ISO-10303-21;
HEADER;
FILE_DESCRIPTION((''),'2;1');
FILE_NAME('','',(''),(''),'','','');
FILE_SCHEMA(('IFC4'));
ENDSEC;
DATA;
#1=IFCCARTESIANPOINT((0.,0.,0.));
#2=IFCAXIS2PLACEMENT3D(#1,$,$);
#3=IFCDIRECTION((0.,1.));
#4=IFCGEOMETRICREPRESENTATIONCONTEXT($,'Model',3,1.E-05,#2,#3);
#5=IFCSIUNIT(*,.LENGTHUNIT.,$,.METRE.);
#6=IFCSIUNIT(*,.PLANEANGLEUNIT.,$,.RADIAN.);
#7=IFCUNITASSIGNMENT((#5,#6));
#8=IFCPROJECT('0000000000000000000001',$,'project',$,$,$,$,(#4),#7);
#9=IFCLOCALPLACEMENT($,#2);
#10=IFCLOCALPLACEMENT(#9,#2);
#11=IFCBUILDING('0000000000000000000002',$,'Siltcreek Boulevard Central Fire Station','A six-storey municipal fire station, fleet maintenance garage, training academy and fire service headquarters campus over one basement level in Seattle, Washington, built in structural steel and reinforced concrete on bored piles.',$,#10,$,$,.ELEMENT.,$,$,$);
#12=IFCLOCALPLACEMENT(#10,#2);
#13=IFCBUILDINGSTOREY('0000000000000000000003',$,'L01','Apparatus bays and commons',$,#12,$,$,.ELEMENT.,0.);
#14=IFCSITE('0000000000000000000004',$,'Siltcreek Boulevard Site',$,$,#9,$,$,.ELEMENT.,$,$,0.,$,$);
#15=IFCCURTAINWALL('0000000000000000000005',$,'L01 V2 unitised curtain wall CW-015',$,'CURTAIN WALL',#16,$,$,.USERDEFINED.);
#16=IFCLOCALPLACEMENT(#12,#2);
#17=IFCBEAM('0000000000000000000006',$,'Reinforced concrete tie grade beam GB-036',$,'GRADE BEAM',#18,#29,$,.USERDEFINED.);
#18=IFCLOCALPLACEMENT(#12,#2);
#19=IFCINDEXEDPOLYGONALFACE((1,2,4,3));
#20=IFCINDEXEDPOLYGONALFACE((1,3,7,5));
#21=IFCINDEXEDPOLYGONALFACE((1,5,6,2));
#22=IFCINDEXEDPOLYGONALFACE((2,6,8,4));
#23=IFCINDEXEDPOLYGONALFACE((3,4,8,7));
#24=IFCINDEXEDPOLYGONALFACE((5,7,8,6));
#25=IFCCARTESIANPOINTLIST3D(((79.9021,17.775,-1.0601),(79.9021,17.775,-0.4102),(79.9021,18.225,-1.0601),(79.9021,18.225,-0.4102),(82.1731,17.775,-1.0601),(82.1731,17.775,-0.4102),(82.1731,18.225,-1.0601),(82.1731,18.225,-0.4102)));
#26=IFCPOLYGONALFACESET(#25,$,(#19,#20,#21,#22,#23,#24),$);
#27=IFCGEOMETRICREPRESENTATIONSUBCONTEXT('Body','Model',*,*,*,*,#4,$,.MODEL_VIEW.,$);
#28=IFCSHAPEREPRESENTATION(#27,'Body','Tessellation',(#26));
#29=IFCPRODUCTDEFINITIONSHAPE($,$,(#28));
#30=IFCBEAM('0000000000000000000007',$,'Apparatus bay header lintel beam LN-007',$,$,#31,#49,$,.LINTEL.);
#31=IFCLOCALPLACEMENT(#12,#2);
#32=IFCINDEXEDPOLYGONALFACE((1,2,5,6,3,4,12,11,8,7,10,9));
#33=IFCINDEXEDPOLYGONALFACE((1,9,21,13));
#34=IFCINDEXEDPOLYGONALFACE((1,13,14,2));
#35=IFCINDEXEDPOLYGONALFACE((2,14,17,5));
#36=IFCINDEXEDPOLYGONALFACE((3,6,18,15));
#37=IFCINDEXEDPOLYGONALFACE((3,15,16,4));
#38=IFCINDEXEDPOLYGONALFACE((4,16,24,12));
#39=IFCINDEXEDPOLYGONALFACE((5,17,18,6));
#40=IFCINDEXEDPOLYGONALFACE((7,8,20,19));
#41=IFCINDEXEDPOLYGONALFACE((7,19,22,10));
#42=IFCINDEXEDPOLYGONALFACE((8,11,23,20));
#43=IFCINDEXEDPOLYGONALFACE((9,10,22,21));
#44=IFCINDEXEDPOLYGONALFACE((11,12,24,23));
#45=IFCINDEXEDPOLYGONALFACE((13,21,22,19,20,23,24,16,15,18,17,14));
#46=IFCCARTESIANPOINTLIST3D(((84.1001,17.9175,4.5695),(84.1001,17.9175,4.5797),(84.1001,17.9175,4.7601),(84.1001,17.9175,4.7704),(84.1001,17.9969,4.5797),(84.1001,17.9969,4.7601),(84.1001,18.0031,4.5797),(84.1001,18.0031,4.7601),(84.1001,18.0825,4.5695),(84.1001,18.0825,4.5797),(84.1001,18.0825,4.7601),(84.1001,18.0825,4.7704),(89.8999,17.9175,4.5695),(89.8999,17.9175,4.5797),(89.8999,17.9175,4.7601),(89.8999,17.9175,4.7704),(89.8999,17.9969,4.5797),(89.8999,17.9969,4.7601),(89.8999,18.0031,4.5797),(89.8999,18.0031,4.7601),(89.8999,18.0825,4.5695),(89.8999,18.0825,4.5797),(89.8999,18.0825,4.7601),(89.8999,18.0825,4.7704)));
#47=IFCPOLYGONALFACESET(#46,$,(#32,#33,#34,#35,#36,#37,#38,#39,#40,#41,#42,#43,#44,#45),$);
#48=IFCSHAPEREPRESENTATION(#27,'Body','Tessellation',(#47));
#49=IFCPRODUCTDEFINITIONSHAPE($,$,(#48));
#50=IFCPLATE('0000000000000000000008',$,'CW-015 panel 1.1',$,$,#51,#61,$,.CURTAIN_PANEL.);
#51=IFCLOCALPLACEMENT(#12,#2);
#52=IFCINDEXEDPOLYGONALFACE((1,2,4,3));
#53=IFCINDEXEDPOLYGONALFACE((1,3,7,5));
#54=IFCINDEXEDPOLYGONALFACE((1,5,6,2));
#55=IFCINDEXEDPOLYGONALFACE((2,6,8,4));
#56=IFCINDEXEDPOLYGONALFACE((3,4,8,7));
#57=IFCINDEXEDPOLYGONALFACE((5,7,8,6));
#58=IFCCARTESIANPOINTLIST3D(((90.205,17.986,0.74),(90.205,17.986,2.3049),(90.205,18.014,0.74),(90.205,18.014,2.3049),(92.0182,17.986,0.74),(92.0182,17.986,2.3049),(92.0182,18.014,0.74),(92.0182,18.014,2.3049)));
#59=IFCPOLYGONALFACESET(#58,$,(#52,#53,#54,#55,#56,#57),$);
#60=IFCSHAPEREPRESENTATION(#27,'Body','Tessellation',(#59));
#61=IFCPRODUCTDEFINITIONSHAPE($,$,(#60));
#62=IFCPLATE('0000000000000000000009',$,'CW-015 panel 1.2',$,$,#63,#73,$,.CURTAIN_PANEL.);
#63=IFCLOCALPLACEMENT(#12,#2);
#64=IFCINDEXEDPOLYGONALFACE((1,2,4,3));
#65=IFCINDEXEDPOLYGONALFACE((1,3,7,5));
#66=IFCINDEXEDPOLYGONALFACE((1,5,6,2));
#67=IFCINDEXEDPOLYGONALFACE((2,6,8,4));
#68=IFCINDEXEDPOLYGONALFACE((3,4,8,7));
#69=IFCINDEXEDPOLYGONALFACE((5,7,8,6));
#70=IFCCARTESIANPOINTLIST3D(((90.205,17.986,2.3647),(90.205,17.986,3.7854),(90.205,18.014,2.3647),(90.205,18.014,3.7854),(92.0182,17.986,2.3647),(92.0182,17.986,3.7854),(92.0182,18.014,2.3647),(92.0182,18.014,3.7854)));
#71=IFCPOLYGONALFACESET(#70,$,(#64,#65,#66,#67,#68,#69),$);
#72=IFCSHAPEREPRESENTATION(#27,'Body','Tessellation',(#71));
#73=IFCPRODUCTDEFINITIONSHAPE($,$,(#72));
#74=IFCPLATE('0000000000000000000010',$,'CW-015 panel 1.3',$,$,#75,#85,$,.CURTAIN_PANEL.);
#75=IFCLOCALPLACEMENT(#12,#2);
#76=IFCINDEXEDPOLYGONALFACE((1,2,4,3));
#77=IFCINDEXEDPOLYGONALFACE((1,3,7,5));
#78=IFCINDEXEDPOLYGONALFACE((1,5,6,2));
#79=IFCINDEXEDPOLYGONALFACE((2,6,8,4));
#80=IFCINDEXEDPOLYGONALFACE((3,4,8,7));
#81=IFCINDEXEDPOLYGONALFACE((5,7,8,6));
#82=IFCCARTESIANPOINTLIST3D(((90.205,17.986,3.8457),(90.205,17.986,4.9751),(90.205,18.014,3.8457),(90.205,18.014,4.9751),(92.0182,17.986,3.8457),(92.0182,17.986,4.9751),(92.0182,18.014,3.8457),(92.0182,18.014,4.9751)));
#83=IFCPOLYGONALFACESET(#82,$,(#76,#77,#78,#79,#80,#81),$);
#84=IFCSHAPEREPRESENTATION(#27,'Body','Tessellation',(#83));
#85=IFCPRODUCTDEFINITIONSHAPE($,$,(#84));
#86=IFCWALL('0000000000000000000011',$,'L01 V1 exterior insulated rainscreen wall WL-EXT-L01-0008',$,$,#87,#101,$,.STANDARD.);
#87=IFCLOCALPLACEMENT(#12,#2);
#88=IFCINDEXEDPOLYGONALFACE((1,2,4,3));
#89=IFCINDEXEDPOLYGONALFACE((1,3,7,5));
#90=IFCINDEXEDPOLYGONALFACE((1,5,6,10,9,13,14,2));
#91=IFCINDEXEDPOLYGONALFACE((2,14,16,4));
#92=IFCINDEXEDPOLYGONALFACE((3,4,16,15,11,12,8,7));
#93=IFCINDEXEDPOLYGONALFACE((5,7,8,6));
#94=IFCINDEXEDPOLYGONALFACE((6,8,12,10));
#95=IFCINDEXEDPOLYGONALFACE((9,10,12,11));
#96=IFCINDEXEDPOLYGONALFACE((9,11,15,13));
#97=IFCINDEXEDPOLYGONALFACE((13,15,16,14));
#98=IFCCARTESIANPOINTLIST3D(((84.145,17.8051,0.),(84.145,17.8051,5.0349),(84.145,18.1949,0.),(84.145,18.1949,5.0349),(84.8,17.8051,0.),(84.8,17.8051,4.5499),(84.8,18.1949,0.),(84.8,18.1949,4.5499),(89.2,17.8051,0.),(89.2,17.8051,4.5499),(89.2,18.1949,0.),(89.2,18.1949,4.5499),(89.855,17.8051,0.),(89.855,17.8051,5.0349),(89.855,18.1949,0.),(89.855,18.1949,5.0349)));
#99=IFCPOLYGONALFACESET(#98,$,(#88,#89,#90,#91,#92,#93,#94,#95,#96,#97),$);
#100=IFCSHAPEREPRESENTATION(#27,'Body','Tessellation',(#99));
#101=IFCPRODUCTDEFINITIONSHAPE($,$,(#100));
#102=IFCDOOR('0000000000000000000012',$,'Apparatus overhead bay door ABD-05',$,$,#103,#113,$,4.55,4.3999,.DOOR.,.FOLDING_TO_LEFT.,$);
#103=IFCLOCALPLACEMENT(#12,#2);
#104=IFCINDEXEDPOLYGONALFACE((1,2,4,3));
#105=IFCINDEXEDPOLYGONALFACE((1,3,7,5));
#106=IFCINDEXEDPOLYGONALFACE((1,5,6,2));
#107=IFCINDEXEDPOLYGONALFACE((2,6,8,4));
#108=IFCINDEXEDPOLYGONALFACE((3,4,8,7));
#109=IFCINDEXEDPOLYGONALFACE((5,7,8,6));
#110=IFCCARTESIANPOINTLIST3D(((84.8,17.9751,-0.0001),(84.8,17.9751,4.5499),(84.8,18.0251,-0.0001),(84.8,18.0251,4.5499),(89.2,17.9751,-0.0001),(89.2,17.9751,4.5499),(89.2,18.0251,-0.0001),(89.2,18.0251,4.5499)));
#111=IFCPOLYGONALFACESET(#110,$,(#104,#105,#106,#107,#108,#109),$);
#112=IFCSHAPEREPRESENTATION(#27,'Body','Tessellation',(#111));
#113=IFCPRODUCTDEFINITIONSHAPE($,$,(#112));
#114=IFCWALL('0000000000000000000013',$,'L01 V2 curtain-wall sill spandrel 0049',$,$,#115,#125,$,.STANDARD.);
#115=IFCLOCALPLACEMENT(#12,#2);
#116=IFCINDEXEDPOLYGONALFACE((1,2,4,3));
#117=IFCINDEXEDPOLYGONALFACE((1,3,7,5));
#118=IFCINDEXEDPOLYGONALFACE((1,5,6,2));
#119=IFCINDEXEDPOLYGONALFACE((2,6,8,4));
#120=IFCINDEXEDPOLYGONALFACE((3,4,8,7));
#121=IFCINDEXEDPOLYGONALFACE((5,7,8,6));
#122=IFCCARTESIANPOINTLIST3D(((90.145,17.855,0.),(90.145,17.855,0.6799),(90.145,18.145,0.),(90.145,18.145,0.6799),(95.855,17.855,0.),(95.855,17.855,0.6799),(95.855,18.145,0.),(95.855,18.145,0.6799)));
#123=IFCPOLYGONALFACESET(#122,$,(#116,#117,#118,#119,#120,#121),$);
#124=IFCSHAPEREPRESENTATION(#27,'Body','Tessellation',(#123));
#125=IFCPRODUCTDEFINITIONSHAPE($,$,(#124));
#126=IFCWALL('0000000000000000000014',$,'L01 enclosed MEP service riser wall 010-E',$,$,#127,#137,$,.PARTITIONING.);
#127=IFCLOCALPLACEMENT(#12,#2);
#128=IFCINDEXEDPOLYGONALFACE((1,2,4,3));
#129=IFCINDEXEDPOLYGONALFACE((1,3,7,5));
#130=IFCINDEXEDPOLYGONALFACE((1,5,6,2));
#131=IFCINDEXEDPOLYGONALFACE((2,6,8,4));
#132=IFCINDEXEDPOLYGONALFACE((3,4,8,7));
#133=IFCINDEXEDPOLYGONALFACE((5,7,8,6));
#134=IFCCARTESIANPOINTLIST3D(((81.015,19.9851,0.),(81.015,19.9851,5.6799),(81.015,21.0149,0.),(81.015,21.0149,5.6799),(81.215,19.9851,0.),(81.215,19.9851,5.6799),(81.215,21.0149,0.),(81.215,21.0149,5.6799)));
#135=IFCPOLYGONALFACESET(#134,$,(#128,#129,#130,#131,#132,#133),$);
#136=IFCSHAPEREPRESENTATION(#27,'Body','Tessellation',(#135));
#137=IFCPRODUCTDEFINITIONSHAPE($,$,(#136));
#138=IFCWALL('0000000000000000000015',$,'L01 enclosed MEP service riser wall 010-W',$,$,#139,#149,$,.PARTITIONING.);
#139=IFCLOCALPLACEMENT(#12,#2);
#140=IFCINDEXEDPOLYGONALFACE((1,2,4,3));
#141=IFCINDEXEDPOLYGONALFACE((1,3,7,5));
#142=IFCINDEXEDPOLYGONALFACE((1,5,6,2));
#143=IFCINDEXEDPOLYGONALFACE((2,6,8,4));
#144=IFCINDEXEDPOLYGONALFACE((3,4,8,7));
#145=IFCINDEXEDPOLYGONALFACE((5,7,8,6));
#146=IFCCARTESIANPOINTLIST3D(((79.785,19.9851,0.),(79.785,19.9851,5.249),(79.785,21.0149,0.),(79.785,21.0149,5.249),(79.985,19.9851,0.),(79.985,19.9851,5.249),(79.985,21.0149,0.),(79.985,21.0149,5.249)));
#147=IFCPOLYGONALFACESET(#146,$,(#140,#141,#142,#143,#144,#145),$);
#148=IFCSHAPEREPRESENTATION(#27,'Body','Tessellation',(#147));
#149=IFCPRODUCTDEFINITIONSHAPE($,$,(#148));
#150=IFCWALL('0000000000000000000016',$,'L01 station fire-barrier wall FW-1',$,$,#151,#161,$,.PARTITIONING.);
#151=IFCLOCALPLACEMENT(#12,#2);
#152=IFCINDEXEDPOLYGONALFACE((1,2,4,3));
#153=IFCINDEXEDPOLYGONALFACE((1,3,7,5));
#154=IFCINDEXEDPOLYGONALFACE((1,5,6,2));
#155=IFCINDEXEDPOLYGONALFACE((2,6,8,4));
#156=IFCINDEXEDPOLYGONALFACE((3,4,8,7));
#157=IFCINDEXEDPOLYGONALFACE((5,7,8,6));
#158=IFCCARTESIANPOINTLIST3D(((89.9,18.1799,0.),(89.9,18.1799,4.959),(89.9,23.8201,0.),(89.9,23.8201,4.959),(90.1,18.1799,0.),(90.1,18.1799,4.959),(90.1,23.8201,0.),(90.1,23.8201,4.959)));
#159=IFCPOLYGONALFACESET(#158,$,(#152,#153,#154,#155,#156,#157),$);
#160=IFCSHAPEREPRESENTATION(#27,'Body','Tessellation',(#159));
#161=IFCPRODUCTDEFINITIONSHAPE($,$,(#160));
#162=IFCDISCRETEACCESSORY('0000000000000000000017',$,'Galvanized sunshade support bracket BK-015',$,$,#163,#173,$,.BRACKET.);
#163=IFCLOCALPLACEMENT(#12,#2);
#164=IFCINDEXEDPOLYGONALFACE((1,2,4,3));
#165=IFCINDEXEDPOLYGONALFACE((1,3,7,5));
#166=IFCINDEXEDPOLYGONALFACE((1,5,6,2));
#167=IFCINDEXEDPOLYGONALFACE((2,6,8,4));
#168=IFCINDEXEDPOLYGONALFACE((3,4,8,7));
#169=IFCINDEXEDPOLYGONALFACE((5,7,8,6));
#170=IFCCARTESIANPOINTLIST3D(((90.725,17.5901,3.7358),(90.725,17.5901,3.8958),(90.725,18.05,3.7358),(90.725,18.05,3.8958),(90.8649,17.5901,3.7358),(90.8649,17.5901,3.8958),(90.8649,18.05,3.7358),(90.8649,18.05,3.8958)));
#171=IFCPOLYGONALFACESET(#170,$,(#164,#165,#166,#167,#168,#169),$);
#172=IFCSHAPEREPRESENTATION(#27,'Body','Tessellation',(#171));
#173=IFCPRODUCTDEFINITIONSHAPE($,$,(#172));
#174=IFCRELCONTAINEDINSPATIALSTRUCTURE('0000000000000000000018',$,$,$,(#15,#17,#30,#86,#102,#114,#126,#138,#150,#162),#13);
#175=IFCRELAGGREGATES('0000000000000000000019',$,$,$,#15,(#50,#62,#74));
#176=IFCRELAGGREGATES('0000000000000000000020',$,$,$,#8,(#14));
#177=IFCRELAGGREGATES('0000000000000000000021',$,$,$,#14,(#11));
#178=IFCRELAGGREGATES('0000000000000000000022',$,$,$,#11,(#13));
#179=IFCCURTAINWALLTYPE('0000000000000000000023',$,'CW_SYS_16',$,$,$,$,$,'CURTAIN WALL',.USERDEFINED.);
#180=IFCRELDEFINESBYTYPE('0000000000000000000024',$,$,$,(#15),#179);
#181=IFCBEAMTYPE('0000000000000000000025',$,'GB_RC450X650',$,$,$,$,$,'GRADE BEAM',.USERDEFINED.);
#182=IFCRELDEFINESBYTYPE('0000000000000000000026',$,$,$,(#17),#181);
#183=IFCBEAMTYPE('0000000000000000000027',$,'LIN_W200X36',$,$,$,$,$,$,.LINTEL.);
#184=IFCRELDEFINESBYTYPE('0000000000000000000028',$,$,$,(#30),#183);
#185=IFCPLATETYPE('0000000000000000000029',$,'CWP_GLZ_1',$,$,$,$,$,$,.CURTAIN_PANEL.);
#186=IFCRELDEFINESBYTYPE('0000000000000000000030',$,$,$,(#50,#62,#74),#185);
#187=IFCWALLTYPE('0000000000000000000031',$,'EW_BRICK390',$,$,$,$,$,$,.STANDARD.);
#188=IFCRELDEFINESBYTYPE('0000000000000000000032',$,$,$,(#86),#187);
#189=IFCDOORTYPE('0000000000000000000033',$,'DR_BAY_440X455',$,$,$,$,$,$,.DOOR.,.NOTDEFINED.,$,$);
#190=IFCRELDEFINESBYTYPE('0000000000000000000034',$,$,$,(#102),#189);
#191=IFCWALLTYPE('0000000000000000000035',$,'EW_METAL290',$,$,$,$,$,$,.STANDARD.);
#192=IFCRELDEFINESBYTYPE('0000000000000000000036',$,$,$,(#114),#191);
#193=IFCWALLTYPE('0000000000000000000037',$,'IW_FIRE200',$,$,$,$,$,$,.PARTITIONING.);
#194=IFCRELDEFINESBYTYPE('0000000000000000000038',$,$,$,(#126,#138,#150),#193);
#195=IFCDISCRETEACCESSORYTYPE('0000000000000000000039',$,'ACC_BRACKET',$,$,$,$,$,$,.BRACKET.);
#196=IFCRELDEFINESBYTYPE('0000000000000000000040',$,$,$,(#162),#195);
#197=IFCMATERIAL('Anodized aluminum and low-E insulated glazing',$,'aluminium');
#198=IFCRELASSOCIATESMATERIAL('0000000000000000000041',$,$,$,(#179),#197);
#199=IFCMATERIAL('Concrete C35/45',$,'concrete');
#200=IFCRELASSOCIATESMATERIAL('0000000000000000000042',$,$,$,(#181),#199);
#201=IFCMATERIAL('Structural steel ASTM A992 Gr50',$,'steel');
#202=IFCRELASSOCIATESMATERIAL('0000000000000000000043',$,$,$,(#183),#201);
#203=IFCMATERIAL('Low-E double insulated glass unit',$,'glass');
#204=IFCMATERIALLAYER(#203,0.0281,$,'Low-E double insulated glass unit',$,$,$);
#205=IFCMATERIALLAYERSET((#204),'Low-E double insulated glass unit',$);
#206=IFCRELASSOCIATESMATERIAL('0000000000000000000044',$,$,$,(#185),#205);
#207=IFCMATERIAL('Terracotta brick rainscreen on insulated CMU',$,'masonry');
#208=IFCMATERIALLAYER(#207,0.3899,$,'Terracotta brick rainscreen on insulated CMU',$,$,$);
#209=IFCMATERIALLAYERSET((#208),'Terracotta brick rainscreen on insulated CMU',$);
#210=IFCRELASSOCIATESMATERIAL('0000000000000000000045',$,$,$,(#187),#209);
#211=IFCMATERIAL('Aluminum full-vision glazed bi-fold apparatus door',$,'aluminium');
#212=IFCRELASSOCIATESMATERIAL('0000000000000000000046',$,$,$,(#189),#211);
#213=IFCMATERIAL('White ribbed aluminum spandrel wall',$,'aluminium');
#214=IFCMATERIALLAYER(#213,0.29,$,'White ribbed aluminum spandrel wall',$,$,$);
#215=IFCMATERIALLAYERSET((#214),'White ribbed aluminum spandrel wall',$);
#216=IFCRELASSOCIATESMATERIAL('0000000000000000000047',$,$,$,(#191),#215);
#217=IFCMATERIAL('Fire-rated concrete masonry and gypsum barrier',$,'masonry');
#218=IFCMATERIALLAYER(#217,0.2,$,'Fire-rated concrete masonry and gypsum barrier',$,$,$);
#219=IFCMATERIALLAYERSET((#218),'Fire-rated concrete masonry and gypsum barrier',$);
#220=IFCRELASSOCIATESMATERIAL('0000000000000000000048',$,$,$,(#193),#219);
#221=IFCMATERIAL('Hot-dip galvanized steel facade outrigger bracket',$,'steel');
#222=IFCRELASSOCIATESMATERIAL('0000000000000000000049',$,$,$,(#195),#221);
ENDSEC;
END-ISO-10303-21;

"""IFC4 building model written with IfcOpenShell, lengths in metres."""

from ifc_helpers import new_model, si_unit, direction, frame, frame_2d, origin, origin_2d, place, context, subcontext, project, spatial, rectangle, i_section, extrude, material, layer, layer_set, material_profile, profile_set, type_object, element, fill, aggregate, save


model = new_model("IFC4")

# Units and contexts
model_context = context("Model", 3, precision=1e-05, world=origin(), true_north=direction((0.0, 1.0)))
body_context = subcontext(model_context, "Body", "Model", "MODEL_VIEW")
ifc_project = project(units=[si_unit("LENGTHUNIT", "METRE"), si_unit("PLANEANGLEUNIT", "RADIAN")], contexts=[model_context])

# Site, building, storey
site_placement = place(None, origin())
site = spatial("IfcSite", under=ifc_project, at=site_placement, Name="Siltcreek Boulevard Site", CompositionType="ELEMENT", RefElevation=0.0)
building_placement = place(site_placement, origin())
building = spatial("IfcBuilding", under=site, at=building_placement, Name="Siltcreek Boulevard Central Fire Station", Description="A six-storey municipal fire station, fleet maintenance garage, training academy and fire service headquarters campus over one basement level in Seattle, Washington, built in structural steel and reinforced concrete on bored piles.", CompositionType="ELEMENT")
storey_placement = place(building_placement, origin())
storey = spatial("IfcBuildingStorey", under=building, at=storey_placement, Name="L01", Description="Apparatus bays and commons", CompositionType="ELEMENT", Elevation=0.0)

# Shared definitions
ifc_material_1 = material(Name="Concrete C35/45", Category="concrete")

# Shared definitions
ifc_material_2 = material(Name="Structural steel ASTM A992 Gr50", Category="steel")

# Curtain wall
ifc_material_3 = material(Name="Anodized aluminum and low-E insulated glazing", Category="aluminium")
curtain_wall_type = type_object("IfcCurtainWallType", Name="CW_SYS_16", ElementType="CURTAIN WALL", PredefinedType="USERDEFINED", material=ifc_material_3)
curtain_wall_placement = place(storey_placement, origin())
curtain_wall = element("IfcCurtainWall", 1, at=curtain_wall_placement, inside=storey, type_object=curtain_wall_type, Name="L01 V2 unitised curtain wall CW-015", ObjectType="CURTAIN WALL", PredefinedType="USERDEFINED")

# Beams
ifc_material_profile_1 = material_profile(ifc_material_1, rectangle(XDim=0.45, YDim=0.6499, at=origin_2d()), Name="RC450X650")
ifc_profile_set_1 = profile_set([ifc_material_profile_1], Name="Concrete C35/45")
beam_type_1 = type_object("IfcBeamType", Name="GB_RC450X650", ElementType="GRADE BEAM", PredefinedType="USERDEFINED", material=ifc_profile_set_1)
beam_1_placement = place(storey_placement, frame((79.9021, 18.0, -0.7351), z_axis=(1.0, 0.0, 0.0), x_axis=(0.0, 1.0, 0.0)))
element("IfcBeam", 2, at=beam_1_placement, inside=storey, type_object=beam_type_1, Name="Reinforced concrete tie grade beam GB-036", ObjectType="GRADE BEAM", PredefinedType="USERDEFINED", context=body_context, shape_type="SweptSolid", body=[
    extrude(rectangle(XDim=0.45, YDim=0.6499, at=origin_2d()), origin(), (0.0, 0.0, 1.0), 2.271),
])
ifc_material_profile_2 = material_profile(ifc_material_2, i_section(OverallWidth=0.165, OverallDepth=0.2009, WebThickness=0.0061, FlangeThickness=0.0103, at=origin_2d()), Name="W200X36")
ifc_profile_set_2 = profile_set([ifc_material_profile_2], Name="Structural steel ASTM A992 Gr50")
beam_type_2 = type_object("IfcBeamType", Name="LIN_W200X36", PredefinedType="LINTEL", material=ifc_profile_set_2)
beam_2_placement = place(storey_placement, frame((84.1001, 18.0, 4.6699), z_axis=(1.0, 0.0, 0.0), x_axis=(0.0, 1.0, 0.0)))
element("IfcBeam", 3, at=beam_2_placement, inside=storey, type_object=beam_type_2, Name="Apparatus bay header lintel beam LN-007", PredefinedType="LINTEL", context=body_context, shape_type="SweptSolid", body=[
    extrude(i_section(OverallWidth=0.165, OverallDepth=0.2009, WebThickness=0.0061, FlangeThickness=0.0103, at=origin_2d()), origin(), (0.0, 0.0, 1.0), 5.7998),
])

# Plates
ifc_material_4 = material(Name="Low-E double insulated glass unit", Category="glass")
ifc_layer_1 = layer(ifc_material_4, 0.0281, Name="Low-E double insulated glass unit")
ifc_layer_set_1 = layer_set([ifc_layer_1], Name="Low-E double insulated glass unit")
plate_type = type_object("IfcPlateType", Name="CWP_GLZ_1", PredefinedType="CURTAIN_PANEL", material=ifc_layer_set_1)
plate_1_placement = place(storey_placement, frame((91.1116, 18.0, 0.74), z_axis=(0.0, 0.0, 1.0), x_axis=(1.0, 0.0, 0.0)))
plate_1 = element("IfcPlate", 4, at=plate_1_placement, type_object=plate_type, Name="CW-015 panel 1.1", PredefinedType="CURTAIN_PANEL", context=body_context, shape_type="SweptSolid", body=[
    extrude(rectangle(XDim=1.8132, YDim=0.0281, at=origin_2d()), origin(), (0.0, 0.0, 1.0), 1.5649),
])
plate_2_placement = place(storey_placement, frame((91.1116, 18.0, 2.3647), z_axis=(0.0, 0.0, 1.0), x_axis=(1.0, 0.0, 0.0)))
plate_2 = element("IfcPlate", 5, at=plate_2_placement, type_object=plate_type, Name="CW-015 panel 1.2", PredefinedType="CURTAIN_PANEL", context=body_context, shape_type="SweptSolid", body=[
    extrude(rectangle(XDim=1.8132, YDim=0.0281, at=origin_2d()), origin(), (0.0, 0.0, 1.0), 1.4207),
])
plate_3_placement = place(storey_placement, frame((91.1116, 18.0, 3.8457), z_axis=(0.0, 0.0, 1.0), x_axis=(1.0, 0.0, 0.0)))
plate_3 = element("IfcPlate", 6, at=plate_3_placement, type_object=plate_type, Name="CW-015 panel 1.3", PredefinedType="CURTAIN_PANEL", context=body_context, shape_type="SweptSolid", body=[
    extrude(rectangle(XDim=1.8132, YDim=0.0281, at=origin_2d()), origin(), (0.0, 0.0, 1.0), 1.1294),
])
aggregate(curtain_wall, [plate_1, plate_2, plate_3])

# Wall, opening, door
ifc_material_5 = material(Name="Terracotta brick rainscreen on insulated CMU", Category="masonry")
ifc_layer_2 = layer(ifc_material_5, 0.3899, Name="Terracotta brick rainscreen on insulated CMU")
ifc_layer_set_2 = layer_set([ifc_layer_2], Name="Terracotta brick rainscreen on insulated CMU")
wall_type_1 = type_object("IfcWallType", Name="EW_BRICK390", PredefinedType="STANDARD", material=ifc_layer_set_2)
wall_1_placement = place(storey_placement, frame((84.145, 18.0, 0.0), z_axis=(0.0, 0.0, 1.0), x_axis=(1.0, 0.0, 0.0)))
wall_1 = element("IfcWall", 7, at=wall_1_placement, inside=storey, type_object=wall_type_1, Name="L01 V1 exterior insulated rainscreen wall WL-EXT-L01-0008", PredefinedType="STANDARD", context=body_context, shape_type="SweptSolid", body=[
    extrude(rectangle(XDim=5.71, YDim=0.3899, at=frame_2d((2.855, 0.0))), origin(), (0.0, 0.0, 1.0), 5.0349),
])
opening_placement = place(wall_1_placement, frame((0.655, 0.0, 0.0)))
opening = element("IfcOpeningElement", 8, at=opening_placement, cuts=wall_1, PredefinedType="OPENING", context=body_context, shape_type="SweptSolid", body=[
    extrude(rectangle(XDim=4.3999, YDim=4.55, at=frame_2d((2.2, 2.2749))), frame((0.0, 0.2048, 0.0), z_axis=(0.0, -1.0, 0.0), x_axis=(1.0, 0.0, 0.0)), (0.0, 0.0, 1.0), 0.4099),
])
ifc_material_6 = material(Name="Aluminum full-vision glazed bi-fold apparatus door", Category="aluminium")
door_type = type_object("IfcDoorType", Name="DR_BAY_440X455", OperationType="NOTDEFINED", PredefinedType="DOOR", material=ifc_material_6)
door_placement = place(opening_placement, frame((4.3999, 0.0, 0.0), z_axis=(0.0, 0.0, 1.0), x_axis=(-1.0, 0.0, 0.0)))
door = element("IfcDoor", 9, at=door_placement, inside=storey, type_object=door_type, Name="Apparatus overhead bay door ABD-05", OperationType="FOLDING_TO_LEFT", OverallHeight=4.55, OverallWidth=4.3999, PredefinedType="DOOR", context=body_context, shape_type="SweptSolid", body=[
    extrude(rectangle(XDim=4.3999, YDim=4.55, at=frame_2d((2.2, 2.2749))), frame((0.0, 0.0249, 0.0), z_axis=(0.0, -1.0, 0.0), x_axis=(1.0, 0.0, 0.0)), (0.0, 0.0, 1.0), 0.05),
])
fill(opening, door)

# Walls
ifc_material_7 = material(Name="White ribbed aluminum spandrel wall", Category="aluminium")
ifc_layer_3 = layer(ifc_material_7, 0.29, Name="White ribbed aluminum spandrel wall")
ifc_layer_set_3 = layer_set([ifc_layer_3], Name="White ribbed aluminum spandrel wall")
wall_type_2 = type_object("IfcWallType", Name="EW_METAL290", PredefinedType="STANDARD", material=ifc_layer_set_3)
wall_2_placement = place(storey_placement, frame((90.145, 18.0, 0.0), z_axis=(0.0, 0.0, 1.0), x_axis=(1.0, 0.0, 0.0)))
element("IfcWall", 10, at=wall_2_placement, inside=storey, type_object=wall_type_2, Name="L01 V2 curtain-wall sill spandrel 0049", PredefinedType="STANDARD", context=body_context, shape_type="SweptSolid", body=[
    extrude(rectangle(XDim=5.71, YDim=0.29, at=frame_2d((2.855, 0.0))), origin(), (0.0, 0.0, 1.0), 0.6799),
])
ifc_material_8 = material(Name="Fire-rated concrete masonry and gypsum barrier", Category="masonry")
ifc_layer_4 = layer(ifc_material_8, 0.2, Name="Fire-rated concrete masonry and gypsum barrier")
ifc_layer_set_4 = layer_set([ifc_layer_4], Name="Fire-rated concrete masonry and gypsum barrier")
wall_type_3 = type_object("IfcWallType", Name="IW_FIRE200", PredefinedType="PARTITIONING", material=ifc_layer_set_4)
wall_3_placement = place(storey_placement, frame((81.115, 19.9851, 0.0), z_axis=(0.0, 0.0, 1.0), x_axis=(0.0, 1.0, 0.0)))
element("IfcWall", 11, at=wall_3_placement, inside=storey, type_object=wall_type_3, Name="L01 enclosed MEP service riser wall 010-E", PredefinedType="PARTITIONING", context=body_context, shape_type="SweptSolid", body=[
    extrude(rectangle(XDim=1.0298, YDim=0.2, at=frame_2d((0.5149, 0.0))), origin(), (0.0, 0.0, 1.0), 5.6799),
])
wall_4_placement = place(storey_placement, frame((79.885, 21.0149, 0.0), z_axis=(0.0, 0.0, 1.0), x_axis=(0.0, -1.0, 0.0)))
element("IfcWall", 12, at=wall_4_placement, inside=storey, type_object=wall_type_3, Name="L01 enclosed MEP service riser wall 010-W", PredefinedType="PARTITIONING", context=body_context, shape_type="SweptSolid", body=[
    extrude(rectangle(XDim=1.0298, YDim=0.2, at=frame_2d((0.5149, 0.0))), origin(), (0.0, 0.0, 1.0), 5.249),
])
wall_5_placement = place(storey_placement, frame((90.0, 18.1799, 0.0), z_axis=(0.0, 0.0, 1.0), x_axis=(0.0, 1.0, 0.0)))
element("IfcWall", 13, at=wall_5_placement, inside=storey, type_object=wall_type_3, Name="L01 station fire-barrier wall FW-1", PredefinedType="PARTITIONING", context=body_context, shape_type="SweptSolid", body=[
    extrude(rectangle(XDim=5.6401, YDim=0.2, at=frame_2d((2.8201, 0.0))), origin(), (0.0, 0.0, 1.0), 4.959),
])

# Discrete accessory
ifc_material_9 = material(Name="Hot-dip galvanized steel facade outrigger bracket", Category="steel")
discrete_accessory_type = type_object("IfcDiscreteAccessoryType", Name="ACC_BRACKET", PredefinedType="BRACKET", material=ifc_material_9)
discrete_accessory_placement = place(storey_placement, frame((90.7949, 17.8201, 3.7358), z_axis=(0.0, 0.0, 1.0), x_axis=(1.0, 0.0, 0.0)))
element("IfcDiscreteAccessory", 14, at=discrete_accessory_placement, inside=storey, type_object=discrete_accessory_type, Name="Galvanized sunshade support bracket BK-015", PredefinedType="BRACKET", context=body_context, shape_type="SweptSolid", body=[
    extrude(rectangle(XDim=0.1399, YDim=0.46, at=origin_2d()), origin(), (0.0, 0.0, 1.0), 0.1599),
])

save(model, "model.ifc")
